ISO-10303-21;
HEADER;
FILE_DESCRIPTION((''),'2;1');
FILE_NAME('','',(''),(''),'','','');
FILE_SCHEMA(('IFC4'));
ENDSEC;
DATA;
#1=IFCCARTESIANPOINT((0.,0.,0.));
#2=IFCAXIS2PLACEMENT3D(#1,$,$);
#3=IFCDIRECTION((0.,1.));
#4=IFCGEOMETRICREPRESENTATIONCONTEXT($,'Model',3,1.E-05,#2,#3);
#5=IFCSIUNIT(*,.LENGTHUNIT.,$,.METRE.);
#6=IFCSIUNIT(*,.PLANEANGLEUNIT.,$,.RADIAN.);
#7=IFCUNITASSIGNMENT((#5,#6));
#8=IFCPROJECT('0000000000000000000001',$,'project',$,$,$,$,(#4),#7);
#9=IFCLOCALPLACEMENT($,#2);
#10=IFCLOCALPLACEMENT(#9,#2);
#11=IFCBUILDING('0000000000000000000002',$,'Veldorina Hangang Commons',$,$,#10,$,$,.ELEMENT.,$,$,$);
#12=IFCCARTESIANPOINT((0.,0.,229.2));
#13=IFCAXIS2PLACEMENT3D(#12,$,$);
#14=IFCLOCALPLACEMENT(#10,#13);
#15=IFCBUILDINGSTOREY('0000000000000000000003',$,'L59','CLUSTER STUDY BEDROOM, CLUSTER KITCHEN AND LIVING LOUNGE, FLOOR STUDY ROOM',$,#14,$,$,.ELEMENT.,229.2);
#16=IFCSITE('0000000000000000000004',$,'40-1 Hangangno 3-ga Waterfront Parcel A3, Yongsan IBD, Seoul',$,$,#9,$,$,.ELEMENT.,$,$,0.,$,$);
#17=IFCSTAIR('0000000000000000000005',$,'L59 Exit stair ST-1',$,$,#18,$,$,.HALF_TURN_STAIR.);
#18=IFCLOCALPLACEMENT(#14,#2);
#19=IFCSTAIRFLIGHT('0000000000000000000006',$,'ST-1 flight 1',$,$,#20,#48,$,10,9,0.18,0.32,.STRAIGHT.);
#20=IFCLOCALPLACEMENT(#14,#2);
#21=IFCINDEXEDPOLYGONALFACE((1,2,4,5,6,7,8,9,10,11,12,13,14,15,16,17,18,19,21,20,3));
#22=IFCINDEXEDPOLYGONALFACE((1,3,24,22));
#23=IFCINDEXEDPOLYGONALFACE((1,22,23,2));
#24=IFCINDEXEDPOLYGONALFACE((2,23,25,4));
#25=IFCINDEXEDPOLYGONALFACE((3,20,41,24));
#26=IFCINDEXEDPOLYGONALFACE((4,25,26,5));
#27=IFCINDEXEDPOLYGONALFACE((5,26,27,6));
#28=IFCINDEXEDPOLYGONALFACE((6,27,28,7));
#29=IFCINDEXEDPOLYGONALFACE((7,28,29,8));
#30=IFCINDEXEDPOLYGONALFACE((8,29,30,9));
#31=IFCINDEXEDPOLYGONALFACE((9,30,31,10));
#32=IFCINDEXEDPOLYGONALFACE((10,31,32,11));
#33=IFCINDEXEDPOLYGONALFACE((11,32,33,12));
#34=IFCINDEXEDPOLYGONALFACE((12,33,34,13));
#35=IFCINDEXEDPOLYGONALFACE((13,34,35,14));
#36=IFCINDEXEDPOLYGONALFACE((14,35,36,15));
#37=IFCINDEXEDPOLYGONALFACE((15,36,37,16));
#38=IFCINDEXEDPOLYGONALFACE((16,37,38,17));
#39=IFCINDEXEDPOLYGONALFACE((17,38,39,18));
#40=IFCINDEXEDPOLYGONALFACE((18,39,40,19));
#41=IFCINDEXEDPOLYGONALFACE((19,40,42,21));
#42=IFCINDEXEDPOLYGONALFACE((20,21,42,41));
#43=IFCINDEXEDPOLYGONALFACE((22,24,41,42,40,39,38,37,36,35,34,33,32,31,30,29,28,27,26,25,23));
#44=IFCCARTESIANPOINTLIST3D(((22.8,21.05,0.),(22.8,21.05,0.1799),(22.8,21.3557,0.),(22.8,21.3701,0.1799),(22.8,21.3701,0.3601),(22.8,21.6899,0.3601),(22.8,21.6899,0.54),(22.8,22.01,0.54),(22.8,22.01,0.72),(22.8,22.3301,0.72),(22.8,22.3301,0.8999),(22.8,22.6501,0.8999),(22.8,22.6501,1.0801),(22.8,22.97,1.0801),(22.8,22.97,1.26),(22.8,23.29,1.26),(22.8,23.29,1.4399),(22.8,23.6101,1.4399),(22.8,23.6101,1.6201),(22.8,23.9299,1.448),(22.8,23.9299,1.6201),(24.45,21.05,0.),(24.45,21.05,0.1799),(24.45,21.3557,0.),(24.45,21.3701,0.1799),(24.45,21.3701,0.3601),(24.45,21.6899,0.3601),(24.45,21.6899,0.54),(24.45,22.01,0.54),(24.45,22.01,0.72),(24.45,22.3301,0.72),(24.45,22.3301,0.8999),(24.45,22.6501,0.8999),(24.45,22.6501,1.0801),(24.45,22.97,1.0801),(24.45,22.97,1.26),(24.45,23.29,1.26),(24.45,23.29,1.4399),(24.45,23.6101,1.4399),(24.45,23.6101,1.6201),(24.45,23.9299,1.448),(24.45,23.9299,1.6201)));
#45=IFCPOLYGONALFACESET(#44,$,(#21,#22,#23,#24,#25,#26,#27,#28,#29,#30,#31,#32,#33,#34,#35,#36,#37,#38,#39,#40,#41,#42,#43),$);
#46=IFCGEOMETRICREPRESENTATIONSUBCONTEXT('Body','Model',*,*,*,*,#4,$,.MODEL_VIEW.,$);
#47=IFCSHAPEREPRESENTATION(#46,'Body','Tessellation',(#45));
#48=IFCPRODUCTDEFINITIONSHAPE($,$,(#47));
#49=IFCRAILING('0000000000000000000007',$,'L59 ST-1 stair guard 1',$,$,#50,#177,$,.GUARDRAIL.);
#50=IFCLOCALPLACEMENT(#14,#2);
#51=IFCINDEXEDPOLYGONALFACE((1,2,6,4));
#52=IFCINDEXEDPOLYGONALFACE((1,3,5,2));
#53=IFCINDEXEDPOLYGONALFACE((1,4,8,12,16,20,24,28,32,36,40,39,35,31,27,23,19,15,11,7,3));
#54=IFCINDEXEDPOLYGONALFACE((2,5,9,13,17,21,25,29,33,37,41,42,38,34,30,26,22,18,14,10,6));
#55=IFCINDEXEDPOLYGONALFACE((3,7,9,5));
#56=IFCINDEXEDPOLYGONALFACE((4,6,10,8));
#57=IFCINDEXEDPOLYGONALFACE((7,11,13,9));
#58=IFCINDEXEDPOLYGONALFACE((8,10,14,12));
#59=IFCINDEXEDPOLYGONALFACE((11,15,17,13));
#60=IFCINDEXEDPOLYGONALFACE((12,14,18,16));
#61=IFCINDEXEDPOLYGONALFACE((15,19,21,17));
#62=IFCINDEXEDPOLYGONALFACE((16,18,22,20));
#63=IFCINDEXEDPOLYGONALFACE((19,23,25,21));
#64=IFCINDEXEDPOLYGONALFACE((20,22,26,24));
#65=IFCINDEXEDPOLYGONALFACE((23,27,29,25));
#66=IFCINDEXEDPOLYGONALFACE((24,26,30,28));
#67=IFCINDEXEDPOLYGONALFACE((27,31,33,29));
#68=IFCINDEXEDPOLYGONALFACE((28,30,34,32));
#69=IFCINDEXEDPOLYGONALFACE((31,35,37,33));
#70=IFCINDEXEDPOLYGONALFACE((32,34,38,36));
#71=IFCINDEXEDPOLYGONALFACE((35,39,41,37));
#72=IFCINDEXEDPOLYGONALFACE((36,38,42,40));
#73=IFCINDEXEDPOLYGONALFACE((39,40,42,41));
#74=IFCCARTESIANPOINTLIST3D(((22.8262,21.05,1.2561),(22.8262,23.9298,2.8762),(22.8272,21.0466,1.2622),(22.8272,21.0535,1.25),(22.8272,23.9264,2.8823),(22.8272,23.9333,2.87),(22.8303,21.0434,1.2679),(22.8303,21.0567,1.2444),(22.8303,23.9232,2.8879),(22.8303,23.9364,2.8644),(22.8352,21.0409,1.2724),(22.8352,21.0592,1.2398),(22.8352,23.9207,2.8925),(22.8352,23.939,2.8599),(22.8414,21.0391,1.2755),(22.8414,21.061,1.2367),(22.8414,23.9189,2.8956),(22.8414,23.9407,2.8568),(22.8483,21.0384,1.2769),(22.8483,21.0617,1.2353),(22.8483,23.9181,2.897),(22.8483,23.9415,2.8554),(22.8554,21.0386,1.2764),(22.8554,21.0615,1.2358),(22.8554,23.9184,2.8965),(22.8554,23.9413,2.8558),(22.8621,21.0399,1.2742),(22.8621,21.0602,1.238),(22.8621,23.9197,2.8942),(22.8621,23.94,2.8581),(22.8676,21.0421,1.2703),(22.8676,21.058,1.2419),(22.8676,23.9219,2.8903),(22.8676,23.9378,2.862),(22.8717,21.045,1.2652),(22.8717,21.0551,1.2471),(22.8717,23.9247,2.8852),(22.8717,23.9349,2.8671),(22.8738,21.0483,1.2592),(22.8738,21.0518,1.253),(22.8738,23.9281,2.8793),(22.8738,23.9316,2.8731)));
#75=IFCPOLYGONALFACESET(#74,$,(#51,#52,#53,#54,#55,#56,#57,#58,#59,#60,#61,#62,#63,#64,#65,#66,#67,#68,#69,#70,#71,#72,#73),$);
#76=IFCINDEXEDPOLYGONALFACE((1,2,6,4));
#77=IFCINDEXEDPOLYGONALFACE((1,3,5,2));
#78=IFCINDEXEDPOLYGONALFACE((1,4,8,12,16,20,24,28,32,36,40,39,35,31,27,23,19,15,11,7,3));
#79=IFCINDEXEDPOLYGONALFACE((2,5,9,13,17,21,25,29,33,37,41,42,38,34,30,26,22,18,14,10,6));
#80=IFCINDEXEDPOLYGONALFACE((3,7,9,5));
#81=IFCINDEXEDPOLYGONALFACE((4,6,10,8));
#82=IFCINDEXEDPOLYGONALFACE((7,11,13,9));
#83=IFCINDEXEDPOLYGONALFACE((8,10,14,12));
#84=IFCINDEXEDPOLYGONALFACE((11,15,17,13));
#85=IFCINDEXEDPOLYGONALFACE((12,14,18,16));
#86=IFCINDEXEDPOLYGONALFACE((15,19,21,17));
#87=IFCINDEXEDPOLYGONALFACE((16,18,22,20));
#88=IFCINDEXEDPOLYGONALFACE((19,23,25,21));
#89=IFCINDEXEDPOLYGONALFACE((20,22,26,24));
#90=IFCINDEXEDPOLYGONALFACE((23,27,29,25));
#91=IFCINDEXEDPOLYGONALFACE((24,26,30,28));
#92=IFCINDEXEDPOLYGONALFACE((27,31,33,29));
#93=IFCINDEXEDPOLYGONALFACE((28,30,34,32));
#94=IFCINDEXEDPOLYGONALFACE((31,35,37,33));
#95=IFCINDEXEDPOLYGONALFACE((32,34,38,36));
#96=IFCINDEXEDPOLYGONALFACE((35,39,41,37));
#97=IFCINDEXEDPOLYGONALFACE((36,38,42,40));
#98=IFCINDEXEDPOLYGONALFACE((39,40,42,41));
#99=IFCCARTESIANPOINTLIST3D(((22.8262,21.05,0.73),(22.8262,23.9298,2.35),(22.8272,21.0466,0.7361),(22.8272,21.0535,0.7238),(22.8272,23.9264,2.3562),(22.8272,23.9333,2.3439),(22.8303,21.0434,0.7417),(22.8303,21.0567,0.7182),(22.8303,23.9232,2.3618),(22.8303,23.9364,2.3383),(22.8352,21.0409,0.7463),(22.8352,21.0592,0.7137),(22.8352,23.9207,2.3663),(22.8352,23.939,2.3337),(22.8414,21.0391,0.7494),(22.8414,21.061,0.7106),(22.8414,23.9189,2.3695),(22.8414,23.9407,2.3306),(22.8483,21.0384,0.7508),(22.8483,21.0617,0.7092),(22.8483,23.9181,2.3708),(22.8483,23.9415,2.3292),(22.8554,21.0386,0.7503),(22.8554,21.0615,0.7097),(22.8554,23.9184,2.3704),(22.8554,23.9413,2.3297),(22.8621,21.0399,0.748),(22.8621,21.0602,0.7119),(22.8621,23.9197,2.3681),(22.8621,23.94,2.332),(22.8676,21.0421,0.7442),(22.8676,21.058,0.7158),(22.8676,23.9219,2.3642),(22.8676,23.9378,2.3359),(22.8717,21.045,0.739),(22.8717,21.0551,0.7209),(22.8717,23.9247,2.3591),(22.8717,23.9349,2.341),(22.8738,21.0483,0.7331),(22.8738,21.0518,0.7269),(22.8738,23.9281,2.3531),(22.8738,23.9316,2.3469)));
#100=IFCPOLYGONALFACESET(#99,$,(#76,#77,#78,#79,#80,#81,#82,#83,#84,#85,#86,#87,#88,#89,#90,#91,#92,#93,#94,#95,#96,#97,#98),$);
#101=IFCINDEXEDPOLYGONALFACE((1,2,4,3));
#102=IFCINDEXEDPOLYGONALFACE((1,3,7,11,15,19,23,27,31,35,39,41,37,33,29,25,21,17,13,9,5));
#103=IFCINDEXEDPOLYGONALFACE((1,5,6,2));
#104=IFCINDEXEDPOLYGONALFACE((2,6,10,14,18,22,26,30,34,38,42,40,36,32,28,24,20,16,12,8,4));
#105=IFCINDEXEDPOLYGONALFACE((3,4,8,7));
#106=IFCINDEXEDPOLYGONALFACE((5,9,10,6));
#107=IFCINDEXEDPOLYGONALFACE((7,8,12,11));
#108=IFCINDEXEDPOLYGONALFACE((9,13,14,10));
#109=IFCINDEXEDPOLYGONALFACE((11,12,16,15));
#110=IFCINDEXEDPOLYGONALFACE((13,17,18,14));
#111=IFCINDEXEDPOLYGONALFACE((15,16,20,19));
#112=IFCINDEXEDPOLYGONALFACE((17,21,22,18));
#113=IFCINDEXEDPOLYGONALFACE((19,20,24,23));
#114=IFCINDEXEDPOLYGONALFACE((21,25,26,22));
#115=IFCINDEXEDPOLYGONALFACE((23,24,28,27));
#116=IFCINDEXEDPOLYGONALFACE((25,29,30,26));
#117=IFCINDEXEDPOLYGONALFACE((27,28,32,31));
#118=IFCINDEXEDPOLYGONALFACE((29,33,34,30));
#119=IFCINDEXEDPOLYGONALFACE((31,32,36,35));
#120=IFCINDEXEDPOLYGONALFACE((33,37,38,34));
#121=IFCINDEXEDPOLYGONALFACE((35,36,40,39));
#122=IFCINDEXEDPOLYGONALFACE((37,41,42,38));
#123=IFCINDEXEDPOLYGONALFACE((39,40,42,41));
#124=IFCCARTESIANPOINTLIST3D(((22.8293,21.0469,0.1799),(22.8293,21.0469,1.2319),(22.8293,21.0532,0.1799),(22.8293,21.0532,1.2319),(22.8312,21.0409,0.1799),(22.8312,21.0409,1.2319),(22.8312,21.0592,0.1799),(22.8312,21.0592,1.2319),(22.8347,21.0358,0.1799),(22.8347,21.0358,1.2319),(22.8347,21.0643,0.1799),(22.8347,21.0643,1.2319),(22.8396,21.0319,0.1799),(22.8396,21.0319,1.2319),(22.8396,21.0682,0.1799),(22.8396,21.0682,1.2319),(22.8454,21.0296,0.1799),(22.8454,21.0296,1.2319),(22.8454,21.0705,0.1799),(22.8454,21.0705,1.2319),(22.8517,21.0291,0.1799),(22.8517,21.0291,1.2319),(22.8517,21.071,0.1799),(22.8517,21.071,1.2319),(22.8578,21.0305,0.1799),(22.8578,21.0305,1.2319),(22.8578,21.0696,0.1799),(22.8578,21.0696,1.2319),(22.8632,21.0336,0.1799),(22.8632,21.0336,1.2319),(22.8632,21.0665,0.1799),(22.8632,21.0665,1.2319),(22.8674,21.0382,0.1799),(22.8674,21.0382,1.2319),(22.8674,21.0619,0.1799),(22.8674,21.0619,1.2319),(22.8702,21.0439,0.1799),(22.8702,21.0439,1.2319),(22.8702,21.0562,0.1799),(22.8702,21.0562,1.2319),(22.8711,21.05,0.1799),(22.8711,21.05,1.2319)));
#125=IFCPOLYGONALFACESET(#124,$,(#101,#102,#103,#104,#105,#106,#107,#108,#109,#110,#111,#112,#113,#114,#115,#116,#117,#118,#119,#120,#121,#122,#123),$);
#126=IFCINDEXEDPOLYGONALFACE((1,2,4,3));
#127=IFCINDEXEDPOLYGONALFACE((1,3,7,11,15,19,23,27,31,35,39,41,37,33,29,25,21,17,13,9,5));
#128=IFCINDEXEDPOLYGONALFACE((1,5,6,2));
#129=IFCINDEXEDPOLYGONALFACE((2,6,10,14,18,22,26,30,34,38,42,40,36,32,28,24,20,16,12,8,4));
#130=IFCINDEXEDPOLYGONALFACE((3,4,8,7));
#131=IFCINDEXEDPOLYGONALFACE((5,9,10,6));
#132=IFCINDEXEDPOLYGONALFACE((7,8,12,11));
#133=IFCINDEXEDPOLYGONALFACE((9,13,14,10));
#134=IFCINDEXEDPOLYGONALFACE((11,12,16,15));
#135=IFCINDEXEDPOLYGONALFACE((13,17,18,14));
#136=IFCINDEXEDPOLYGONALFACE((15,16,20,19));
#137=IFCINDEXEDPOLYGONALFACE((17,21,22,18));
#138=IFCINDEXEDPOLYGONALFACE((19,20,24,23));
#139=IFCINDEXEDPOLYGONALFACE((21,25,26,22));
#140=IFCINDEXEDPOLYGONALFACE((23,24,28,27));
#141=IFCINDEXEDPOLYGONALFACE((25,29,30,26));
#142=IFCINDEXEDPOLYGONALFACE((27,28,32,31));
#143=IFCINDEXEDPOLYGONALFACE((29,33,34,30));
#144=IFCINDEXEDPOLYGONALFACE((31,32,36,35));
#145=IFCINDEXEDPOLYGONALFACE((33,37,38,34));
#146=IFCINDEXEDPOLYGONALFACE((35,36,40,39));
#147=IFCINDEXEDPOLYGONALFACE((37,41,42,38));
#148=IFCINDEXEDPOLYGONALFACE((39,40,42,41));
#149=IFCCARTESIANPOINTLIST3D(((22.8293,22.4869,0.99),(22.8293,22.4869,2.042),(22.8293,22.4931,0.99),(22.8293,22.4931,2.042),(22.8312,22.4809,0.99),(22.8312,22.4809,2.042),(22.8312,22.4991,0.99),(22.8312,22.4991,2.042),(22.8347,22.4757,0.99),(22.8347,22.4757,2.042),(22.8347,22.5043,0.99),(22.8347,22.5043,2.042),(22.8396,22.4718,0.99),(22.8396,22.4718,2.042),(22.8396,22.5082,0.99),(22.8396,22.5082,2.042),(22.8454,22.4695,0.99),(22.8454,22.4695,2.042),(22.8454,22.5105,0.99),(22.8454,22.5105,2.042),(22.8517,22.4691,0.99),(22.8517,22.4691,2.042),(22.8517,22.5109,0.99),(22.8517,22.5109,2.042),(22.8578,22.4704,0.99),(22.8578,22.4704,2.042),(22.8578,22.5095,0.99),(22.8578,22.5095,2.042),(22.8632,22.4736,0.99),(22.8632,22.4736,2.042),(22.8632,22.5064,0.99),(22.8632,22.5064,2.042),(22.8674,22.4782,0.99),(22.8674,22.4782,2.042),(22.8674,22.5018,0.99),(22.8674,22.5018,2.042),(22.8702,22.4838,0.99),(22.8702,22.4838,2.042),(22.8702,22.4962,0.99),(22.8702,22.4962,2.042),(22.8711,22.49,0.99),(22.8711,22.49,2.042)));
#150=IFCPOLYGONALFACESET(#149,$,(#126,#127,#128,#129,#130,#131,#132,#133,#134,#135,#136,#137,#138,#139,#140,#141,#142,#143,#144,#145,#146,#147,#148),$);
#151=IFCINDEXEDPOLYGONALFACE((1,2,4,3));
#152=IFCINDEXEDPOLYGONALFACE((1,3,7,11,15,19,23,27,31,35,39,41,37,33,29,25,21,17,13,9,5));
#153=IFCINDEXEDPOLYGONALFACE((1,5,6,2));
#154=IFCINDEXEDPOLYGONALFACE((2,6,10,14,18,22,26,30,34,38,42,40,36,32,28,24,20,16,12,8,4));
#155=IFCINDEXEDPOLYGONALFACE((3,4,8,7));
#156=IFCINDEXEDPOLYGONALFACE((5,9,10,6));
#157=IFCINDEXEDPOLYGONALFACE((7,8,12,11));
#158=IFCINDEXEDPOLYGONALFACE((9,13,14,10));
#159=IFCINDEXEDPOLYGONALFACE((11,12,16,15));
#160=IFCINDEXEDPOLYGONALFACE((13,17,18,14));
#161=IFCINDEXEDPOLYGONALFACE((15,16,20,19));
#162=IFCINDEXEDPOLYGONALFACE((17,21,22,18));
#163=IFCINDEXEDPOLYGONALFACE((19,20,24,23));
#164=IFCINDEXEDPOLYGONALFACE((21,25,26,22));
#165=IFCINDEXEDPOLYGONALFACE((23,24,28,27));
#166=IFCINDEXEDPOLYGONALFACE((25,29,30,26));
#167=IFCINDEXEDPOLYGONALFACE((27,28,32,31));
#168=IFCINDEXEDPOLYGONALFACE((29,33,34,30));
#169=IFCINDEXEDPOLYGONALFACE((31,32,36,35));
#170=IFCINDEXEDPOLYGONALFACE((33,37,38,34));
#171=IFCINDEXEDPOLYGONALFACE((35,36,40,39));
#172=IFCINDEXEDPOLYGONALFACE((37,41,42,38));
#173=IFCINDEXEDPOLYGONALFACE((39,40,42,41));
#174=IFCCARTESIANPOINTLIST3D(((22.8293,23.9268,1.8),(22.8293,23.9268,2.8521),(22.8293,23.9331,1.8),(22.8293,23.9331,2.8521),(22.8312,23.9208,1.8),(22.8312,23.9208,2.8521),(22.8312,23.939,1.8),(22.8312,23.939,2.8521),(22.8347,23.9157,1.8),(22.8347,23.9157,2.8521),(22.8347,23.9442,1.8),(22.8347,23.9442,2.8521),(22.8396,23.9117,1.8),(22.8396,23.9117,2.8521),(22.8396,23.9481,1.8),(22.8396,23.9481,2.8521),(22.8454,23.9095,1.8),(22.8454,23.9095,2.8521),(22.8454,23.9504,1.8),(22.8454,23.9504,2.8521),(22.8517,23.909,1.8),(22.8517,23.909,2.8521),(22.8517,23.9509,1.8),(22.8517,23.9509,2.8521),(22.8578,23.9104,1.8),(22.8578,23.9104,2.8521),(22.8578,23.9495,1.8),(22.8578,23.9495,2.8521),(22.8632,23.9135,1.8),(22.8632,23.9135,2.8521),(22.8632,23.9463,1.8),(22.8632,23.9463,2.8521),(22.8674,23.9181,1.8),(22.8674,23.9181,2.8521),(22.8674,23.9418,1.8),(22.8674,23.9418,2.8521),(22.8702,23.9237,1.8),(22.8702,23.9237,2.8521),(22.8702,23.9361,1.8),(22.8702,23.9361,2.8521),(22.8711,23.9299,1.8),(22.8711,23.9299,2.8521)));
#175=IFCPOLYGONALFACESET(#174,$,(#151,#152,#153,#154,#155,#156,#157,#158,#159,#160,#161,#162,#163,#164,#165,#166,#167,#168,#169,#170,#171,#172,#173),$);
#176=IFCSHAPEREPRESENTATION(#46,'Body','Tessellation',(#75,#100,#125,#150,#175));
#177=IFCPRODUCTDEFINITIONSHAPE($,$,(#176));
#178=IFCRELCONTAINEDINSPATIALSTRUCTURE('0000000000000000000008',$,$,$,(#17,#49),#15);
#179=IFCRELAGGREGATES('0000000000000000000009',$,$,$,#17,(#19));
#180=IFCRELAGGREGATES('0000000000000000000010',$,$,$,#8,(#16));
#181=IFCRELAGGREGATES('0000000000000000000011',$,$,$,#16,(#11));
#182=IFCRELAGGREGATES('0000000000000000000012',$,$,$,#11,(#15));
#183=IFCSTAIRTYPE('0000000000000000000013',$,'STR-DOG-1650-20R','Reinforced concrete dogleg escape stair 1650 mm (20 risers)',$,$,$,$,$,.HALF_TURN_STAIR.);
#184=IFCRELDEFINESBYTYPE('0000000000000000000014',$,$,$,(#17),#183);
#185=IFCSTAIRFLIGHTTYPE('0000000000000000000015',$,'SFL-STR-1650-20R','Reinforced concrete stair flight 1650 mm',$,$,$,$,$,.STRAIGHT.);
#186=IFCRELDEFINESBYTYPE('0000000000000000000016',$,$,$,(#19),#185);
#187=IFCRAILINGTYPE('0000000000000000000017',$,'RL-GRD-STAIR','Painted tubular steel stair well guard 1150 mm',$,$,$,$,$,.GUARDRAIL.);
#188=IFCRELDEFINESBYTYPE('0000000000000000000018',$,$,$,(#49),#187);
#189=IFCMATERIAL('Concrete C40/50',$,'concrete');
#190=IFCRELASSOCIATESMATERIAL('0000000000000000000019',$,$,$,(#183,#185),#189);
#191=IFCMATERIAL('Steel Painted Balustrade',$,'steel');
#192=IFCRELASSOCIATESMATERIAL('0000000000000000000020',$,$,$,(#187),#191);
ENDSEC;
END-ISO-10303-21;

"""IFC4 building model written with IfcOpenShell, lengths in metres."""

from ifc_helpers import new_model, si_unit, direction, frame, origin, origin_2d, place, context, subcontext, project, spatial, polyline, circle, outline, extrude, material, type_object, element, aggregate, save


model = new_model("IFC4")

# Units and contexts
model_context = context("Model", 3, precision=1e-05, world=origin(), true_north=direction((0.0, 1.0)))
body_context = subcontext(model_context, "Body", "Model", "MODEL_VIEW")
ifc_project = project(units=[si_unit("LENGTHUNIT", "METRE"), si_unit("PLANEANGLEUNIT", "RADIAN")], contexts=[model_context])

# Site, building, storey
site_placement = place(None, origin())
site = spatial("IfcSite", under=ifc_project, at=site_placement, Name="40-1 Hangangno 3-ga Waterfront Parcel A3, Yongsan IBD, Seoul", CompositionType="ELEMENT", RefElevation=0.0)
building_placement = place(site_placement, origin())
building = spatial("IfcBuilding", under=site, at=building_placement, Name="Veldorina Hangang Commons", CompositionType="ELEMENT")
storey_placement = place(building_placement, frame((0.0, 0.0, 229.2)))
storey = spatial("IfcBuildingStorey", under=building, at=storey_placement, Name="L59", Description="CLUSTER STUDY BEDROOM, CLUSTER KITCHEN AND LIVING LOUNGE, FLOOR STUDY ROOM", CompositionType="ELEMENT", Elevation=229.2)

# Stair, stair flight
ifc_material_1 = material(Name="Concrete C40/50", Category="concrete")
stair_type = type_object("IfcStairType", Name="STR-DOG-1650-20R", Description="Reinforced concrete dogleg escape stair 1650 mm (20 risers)", PredefinedType="HALF_TURN_STAIR", material=ifc_material_1)
stair_placement = place(storey_placement, origin())
stair = element("IfcStair", 1, at=stair_placement, inside=storey, type_object=stair_type, Name="L59 Exit stair ST-1", PredefinedType="HALF_TURN_STAIR")
stair_flight_type = type_object("IfcStairFlightType", Name="SFL-STR-1650-20R", Description="Reinforced concrete stair flight 1650 mm", PredefinedType="STRAIGHT", material=ifc_material_1)
stair_flight_placement = place(storey_placement, frame((23.625, 21.05, 0.0), z_axis=(0.0, 0.0, 1.0), x_axis=(0.0, 1.0, 0.0)))
stair_flight = element("IfcStairFlight", 2, at=stair_flight_placement, type_object=stair_flight_type, Name="ST-1 flight 1", NumberOfRisers=10, NumberOfTreads=9, PredefinedType="STRAIGHT", RiserHeight=0.18, TreadLength=0.32, context=body_context, shape_type="SweptSolid", body=[
    extrude(outline(polyline([(0.0, 0.0), (0.0, 0.1799), (0.3201, 0.1799), (0.3201, 0.3601), (0.6399, 0.3601), (0.6399, 0.54), (0.96, 0.54), (0.96, 0.72), (1.28, 0.72), (1.28, 0.8999), (1.6001, 0.8999), (1.6001, 1.0801), (1.9199, 1.0801), (1.9199, 1.26), (2.24, 1.26), (2.24, 1.4399), (2.5601, 1.4399), (2.5601, 1.6201), (2.8799, 1.6201), (2.8799, 1.8), (2.8799, 1.448), (0.3057, 0.0), (0.0, 0.0)])), frame((0.0, 0.825, 0.0), z_axis=(0.0, -1.0, 0.0), x_axis=(1.0, 0.0, 0.0)), (0.0, 0.0, 1.0), 1.6499),
])
aggregate(stair, [stair_flight])

# Railing
ifc_material_2 = material(Name="Steel Painted Balustrade", Category="steel")
railing_type_1 = type_object("IfcRailingType", Name="RL-GRD-STAIR", Description="Painted tubular steel stair well guard 1150 mm", PredefinedType="GUARDRAIL", material=ifc_material_2)
railing_1_placement = place(storey_placement, frame((22.8501, 21.05, 0.1799)))
element("IfcRailing", 3, at=railing_1_placement, inside=storey, type_object=railing_type_1, Name="L59 ST-1 stair guard 1", PredefinedType="GUARDRAIL", context=body_context, shape_type="SweptSolid", body=[
    extrude(circle(Radius=0.0239, at=origin_2d()), frame((0.0, 0.0, 1.0762), z_axis=(0.0, 0.871552, 0.490303), x_axis=(-1.0, 0.0, 0.0)), (0.0, 0.0, 1.0), 3.3042),
    extrude(circle(Radius=0.0239, at=origin_2d()), frame((0.0, 0.0, 0.55), z_axis=(0.0, 0.871552, 0.490303), x_axis=(-1.0, 0.0, 0.0)), (0.0, 0.0, 1.0), 3.3042),
    extrude(circle(Radius=0.021, at=origin_2d()), origin(), (0.0, 0.0, 1.0), 1.052),
    extrude(circle(Radius=0.021, at=origin_2d()), frame((0.0, 1.4399, 0.8101)), (0.0, 0.0, 1.0), 1.052),
    extrude(circle(Radius=0.021, at=origin_2d()), frame((0.0, 2.8799, 1.6201)), (0.0, 0.0, 1.0), 1.052),
])

save(model, "model.ifc")
